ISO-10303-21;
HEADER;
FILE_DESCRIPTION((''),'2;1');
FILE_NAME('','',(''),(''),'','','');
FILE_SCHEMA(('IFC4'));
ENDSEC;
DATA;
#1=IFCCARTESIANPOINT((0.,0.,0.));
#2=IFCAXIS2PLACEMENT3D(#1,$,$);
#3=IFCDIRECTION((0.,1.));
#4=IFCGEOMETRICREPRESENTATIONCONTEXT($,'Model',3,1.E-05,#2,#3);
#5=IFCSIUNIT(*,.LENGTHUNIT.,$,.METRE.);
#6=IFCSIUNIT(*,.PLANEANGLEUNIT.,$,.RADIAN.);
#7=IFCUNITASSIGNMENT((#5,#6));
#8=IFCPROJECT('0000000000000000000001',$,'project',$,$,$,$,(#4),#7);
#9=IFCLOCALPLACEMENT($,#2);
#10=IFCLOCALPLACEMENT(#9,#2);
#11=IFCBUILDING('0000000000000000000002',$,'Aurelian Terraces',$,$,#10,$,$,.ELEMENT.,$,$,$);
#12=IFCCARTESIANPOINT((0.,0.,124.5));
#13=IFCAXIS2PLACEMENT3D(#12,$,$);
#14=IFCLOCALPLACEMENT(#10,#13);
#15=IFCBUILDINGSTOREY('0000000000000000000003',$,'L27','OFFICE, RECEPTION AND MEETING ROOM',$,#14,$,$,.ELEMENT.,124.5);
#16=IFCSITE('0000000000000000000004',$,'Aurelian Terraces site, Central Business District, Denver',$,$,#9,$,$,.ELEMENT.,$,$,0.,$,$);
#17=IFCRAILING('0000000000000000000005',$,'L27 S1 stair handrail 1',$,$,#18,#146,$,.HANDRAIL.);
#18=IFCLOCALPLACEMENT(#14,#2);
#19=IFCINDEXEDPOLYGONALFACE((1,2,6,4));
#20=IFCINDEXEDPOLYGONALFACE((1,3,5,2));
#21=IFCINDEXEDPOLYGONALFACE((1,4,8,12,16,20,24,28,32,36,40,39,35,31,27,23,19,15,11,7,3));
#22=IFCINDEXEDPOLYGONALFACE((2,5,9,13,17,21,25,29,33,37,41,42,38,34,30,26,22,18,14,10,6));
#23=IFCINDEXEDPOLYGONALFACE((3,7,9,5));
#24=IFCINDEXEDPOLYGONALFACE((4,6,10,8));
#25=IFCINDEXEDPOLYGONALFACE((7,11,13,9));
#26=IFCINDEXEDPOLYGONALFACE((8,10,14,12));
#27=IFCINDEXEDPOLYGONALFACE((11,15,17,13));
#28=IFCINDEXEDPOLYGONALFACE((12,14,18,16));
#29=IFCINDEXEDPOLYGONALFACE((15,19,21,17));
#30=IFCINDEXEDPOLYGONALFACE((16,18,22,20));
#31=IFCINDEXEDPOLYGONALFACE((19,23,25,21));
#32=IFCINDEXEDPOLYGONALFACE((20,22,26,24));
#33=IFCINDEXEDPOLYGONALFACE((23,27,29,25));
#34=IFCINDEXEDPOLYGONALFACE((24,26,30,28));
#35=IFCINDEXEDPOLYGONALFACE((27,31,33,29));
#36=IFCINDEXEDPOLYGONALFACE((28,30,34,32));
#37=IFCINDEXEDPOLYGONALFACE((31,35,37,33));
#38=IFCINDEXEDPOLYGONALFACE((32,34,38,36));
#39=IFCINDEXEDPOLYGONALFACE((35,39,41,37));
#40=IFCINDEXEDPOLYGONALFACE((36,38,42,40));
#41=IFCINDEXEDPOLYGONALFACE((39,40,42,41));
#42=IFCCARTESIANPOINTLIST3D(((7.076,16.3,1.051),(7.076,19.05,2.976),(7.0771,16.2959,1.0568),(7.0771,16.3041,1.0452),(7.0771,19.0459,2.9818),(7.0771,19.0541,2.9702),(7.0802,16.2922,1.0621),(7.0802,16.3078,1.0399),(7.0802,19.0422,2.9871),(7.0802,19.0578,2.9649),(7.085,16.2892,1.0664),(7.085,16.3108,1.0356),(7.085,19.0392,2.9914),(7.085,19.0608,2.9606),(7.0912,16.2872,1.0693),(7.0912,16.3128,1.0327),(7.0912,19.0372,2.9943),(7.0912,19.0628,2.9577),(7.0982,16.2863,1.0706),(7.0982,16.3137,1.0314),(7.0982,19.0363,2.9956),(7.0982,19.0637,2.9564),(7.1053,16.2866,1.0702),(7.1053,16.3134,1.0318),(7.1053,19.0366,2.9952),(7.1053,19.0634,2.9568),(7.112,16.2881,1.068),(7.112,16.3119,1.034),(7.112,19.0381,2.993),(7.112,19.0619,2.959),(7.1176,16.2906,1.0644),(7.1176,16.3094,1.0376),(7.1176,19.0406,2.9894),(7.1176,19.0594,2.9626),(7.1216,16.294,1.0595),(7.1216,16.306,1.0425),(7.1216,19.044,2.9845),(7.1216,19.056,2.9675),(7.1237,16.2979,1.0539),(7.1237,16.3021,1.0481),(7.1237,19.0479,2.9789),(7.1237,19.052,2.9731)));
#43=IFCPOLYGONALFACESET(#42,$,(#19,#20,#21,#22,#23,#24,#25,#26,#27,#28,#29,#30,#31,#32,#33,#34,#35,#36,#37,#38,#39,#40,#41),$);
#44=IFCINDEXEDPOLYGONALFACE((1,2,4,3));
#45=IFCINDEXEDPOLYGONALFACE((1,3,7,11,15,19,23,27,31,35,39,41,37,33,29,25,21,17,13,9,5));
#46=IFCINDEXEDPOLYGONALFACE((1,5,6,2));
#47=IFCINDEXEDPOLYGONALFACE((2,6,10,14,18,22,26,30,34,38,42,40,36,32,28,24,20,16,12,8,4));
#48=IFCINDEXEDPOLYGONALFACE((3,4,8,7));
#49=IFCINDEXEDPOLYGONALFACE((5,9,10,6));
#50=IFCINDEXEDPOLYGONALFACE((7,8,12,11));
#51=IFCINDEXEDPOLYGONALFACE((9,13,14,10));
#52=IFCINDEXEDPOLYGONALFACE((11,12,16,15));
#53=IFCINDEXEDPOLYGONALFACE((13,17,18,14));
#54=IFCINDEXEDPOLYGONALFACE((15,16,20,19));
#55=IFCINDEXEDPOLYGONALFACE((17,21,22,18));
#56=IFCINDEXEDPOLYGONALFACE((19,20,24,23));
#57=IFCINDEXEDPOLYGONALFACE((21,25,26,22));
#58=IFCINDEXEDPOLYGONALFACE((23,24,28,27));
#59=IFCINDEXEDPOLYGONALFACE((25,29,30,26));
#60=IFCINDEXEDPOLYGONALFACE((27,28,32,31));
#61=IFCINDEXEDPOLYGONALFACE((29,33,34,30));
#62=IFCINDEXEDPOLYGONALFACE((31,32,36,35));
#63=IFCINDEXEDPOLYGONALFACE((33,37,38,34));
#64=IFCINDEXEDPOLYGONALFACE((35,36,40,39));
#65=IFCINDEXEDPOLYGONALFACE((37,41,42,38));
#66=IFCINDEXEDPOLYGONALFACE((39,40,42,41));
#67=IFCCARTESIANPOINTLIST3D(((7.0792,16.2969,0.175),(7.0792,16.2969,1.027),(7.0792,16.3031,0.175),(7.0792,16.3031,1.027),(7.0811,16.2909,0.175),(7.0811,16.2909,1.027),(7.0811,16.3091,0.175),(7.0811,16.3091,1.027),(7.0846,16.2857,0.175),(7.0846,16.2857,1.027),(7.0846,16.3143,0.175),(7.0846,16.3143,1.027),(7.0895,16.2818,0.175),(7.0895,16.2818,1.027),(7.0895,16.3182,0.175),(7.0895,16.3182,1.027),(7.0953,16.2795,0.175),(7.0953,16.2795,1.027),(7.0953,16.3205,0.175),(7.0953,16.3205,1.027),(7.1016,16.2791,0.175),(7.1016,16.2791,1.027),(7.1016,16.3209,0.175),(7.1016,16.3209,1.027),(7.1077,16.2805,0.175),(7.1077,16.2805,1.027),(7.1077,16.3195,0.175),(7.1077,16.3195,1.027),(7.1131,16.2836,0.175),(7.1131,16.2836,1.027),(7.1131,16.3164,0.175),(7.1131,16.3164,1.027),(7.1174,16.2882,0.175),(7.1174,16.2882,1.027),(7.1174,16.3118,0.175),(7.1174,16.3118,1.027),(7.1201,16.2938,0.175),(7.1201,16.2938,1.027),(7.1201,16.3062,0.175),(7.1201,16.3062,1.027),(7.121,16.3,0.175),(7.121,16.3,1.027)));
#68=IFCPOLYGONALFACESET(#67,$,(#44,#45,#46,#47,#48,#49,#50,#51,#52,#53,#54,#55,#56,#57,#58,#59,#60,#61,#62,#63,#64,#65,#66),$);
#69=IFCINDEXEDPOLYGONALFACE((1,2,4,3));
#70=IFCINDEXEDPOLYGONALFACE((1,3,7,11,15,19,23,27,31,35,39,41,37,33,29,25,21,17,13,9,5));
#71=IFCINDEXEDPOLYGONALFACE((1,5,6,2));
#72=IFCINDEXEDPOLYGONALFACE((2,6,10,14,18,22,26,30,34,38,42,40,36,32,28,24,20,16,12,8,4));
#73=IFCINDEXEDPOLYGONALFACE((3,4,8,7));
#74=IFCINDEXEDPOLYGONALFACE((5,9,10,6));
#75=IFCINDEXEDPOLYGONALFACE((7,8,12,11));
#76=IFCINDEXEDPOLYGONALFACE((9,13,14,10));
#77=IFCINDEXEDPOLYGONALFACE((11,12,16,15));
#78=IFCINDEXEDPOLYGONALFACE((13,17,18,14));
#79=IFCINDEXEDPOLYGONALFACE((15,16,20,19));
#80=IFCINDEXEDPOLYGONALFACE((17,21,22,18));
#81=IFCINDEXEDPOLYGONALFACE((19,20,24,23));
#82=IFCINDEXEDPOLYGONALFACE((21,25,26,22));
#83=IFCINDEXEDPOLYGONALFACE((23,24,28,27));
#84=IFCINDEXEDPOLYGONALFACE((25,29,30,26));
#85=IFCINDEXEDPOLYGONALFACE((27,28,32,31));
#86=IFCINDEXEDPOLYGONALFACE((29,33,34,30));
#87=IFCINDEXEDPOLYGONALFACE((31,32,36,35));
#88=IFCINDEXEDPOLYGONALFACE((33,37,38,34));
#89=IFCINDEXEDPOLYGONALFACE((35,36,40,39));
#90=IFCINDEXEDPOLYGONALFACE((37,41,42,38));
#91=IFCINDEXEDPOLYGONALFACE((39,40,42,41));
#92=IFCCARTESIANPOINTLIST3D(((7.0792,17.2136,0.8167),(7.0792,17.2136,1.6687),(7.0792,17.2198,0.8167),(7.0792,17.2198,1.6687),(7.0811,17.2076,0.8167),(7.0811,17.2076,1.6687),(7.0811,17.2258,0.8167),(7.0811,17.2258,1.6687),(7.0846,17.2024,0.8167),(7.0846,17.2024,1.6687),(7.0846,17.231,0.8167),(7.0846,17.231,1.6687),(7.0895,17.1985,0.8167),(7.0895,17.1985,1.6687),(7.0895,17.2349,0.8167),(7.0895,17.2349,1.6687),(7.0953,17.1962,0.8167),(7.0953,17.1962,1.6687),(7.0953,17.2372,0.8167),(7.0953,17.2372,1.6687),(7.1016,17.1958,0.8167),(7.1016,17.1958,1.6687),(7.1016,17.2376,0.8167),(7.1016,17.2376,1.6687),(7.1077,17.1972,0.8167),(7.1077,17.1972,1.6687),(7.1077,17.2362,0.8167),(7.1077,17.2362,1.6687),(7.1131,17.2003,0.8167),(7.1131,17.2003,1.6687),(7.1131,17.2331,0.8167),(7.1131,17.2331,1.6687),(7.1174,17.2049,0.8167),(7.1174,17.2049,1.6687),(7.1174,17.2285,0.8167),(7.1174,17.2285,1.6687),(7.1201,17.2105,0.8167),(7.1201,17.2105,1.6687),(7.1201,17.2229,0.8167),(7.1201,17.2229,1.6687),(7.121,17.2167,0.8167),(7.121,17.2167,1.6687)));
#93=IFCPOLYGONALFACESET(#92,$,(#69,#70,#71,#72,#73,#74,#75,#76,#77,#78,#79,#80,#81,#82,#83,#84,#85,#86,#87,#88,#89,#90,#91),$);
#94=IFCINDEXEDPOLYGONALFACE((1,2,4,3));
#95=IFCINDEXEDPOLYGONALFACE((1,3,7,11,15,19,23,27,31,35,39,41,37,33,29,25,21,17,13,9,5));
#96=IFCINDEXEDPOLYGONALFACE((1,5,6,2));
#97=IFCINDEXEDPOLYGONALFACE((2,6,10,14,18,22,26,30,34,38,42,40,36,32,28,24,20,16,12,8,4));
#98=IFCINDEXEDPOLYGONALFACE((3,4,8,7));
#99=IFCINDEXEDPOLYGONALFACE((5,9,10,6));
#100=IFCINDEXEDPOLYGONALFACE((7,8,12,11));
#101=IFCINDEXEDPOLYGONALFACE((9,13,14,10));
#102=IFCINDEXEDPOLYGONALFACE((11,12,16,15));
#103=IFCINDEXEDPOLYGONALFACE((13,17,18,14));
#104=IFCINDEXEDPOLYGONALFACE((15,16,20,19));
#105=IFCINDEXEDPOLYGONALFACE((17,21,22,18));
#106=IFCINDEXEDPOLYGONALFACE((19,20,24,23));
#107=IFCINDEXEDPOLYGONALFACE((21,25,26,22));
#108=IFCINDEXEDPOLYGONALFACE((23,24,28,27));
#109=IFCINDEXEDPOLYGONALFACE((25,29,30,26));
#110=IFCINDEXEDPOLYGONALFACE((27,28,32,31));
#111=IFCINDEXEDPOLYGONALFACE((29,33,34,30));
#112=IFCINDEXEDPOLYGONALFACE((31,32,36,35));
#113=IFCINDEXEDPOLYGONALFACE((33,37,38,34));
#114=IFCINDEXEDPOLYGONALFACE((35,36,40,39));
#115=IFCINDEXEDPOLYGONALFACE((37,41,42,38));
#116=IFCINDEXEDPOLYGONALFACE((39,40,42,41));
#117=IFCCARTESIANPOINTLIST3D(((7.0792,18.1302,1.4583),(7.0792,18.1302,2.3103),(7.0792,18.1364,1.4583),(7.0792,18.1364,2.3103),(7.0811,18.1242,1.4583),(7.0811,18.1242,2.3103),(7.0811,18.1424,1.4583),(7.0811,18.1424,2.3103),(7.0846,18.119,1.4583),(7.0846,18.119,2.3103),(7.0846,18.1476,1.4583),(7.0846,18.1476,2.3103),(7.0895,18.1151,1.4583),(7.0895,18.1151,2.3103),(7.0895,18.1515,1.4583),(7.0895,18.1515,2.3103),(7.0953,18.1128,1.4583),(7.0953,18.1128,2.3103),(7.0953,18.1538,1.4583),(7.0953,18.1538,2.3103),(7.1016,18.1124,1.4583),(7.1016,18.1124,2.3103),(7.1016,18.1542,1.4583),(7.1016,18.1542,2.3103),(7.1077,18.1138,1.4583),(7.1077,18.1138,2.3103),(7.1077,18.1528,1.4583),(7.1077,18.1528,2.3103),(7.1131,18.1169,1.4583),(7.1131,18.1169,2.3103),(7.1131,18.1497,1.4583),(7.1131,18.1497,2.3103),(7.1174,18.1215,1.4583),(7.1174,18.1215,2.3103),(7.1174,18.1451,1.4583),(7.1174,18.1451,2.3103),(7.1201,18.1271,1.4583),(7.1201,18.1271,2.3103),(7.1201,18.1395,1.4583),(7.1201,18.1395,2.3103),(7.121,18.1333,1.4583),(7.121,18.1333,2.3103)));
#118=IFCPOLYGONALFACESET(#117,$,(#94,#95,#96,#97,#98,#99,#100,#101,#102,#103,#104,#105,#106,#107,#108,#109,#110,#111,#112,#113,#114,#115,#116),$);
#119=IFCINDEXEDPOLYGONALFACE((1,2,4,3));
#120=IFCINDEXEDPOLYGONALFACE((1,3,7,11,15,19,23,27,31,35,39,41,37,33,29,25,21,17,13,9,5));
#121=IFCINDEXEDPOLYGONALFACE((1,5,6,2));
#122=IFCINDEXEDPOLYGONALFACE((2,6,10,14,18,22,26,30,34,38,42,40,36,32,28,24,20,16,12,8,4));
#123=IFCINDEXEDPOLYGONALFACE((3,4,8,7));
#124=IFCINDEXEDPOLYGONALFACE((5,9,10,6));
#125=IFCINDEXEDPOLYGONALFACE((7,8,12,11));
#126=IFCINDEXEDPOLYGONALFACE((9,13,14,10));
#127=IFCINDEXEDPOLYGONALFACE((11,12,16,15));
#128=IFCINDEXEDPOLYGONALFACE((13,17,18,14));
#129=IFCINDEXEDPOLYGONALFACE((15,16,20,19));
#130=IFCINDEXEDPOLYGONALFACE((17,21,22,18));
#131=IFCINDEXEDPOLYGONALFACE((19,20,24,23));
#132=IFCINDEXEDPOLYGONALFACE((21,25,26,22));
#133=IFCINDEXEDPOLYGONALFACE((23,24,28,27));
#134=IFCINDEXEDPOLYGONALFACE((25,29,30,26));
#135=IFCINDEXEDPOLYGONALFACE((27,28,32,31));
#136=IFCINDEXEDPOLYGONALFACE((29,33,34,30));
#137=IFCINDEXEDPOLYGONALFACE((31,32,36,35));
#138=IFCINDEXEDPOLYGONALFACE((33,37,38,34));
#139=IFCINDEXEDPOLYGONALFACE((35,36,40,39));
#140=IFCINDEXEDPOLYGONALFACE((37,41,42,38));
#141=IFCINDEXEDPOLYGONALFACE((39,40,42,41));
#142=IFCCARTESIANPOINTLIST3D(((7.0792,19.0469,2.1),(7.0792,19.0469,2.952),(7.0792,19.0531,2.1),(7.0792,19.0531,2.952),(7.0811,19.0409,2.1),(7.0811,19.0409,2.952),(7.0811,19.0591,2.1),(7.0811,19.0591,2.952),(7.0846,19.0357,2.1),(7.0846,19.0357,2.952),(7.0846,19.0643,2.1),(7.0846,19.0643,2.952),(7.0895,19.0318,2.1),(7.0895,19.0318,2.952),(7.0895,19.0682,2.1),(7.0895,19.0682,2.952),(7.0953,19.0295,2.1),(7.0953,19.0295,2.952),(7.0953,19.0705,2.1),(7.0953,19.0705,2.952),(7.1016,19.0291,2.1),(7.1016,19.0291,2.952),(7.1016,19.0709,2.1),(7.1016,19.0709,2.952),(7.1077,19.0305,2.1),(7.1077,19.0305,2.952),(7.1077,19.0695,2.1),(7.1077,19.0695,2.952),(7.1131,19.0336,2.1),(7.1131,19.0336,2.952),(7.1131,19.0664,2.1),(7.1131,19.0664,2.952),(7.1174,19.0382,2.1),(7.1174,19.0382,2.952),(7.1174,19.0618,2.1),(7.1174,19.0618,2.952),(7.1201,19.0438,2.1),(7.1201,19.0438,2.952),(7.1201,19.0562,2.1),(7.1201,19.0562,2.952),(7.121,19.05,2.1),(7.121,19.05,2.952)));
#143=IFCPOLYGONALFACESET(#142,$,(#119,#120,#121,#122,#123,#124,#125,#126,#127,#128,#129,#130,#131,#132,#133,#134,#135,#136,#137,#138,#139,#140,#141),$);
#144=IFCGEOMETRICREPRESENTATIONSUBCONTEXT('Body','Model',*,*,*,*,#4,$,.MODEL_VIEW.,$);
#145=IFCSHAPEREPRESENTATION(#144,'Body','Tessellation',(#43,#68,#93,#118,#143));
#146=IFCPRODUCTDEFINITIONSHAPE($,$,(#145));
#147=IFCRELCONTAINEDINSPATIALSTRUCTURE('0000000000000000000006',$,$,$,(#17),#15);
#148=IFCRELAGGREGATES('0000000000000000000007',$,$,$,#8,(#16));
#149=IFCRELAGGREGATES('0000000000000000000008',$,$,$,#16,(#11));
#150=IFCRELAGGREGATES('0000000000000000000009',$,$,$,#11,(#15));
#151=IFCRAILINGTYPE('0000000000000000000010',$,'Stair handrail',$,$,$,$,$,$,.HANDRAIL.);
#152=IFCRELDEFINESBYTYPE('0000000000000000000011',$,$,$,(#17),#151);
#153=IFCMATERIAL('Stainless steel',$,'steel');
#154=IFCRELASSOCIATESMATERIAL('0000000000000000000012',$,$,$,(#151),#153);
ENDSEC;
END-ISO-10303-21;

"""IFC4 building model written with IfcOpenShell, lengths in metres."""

from ifc_helpers import new_model, si_unit, direction, frame, origin, origin_2d, place, context, subcontext, project, spatial, circle, extrude, source, transform, mapped, material, type_object, element, save


model = new_model("IFC4")

# Units and contexts
model_context = context("Model", 3, precision=1e-05, world=origin(), true_north=direction((0.0, 1.0)))
body_context = subcontext(model_context, "Body", "Model", "MODEL_VIEW")
ifc_project = project(units=[si_unit("LENGTHUNIT", "METRE"), si_unit("PLANEANGLEUNIT", "RADIAN")], contexts=[model_context])

# Site, building, storey
site_placement = place(None, origin())
site = spatial("IfcSite", under=ifc_project, at=site_placement, Name="Aurelian Terraces site, Central Business District, Denver", CompositionType="ELEMENT", RefElevation=0.0)
building_placement = place(site_placement, origin())
building = spatial("IfcBuilding", under=site, at=building_placement, Name="Aurelian Terraces", CompositionType="ELEMENT")
storey_placement = place(building_placement, frame((0.0, 0.0, 124.5)))
storey = spatial("IfcBuildingStorey", under=building, at=storey_placement, Name="L27", Description="OFFICE, RECEPTION AND MEETING ROOM", CompositionType="ELEMENT", Elevation=124.5)

# Railing
ifc_material_1 = material(Name="Stainless steel", Category="steel")
railing_type_1 = type_object("IfcRailingType", Name="Stair handrail", PredefinedType="HANDRAIL", material=ifc_material_1)
shared_shape_1 = source(origin(), body_context, "Body", "SweptSolid", [
    extrude(circle(Radius=0.024, at=origin_2d()), frame((0.0, 0.0, 0.876), z_axis=(0.0, 0.819232, 0.573462), x_axis=(-1.0, 0.0, 0.0)), (0.0, 0.0, 1.0), 3.3568),
    extrude(circle(Radius=0.021, at=origin_2d()), origin(), (0.0, 0.0, 1.0), 0.852),
    extrude(circle(Radius=0.021, at=origin_2d()), frame((0.0, 0.9167, 0.6417)), (0.0, 0.0, 1.0), 0.852),
    extrude(circle(Radius=0.021, at=origin_2d()), frame((0.0, 1.8333, 1.2833)), (0.0, 0.0, 1.0), 0.852),
    extrude(circle(Radius=0.021, at=origin_2d()), frame((0.0, 2.75, 1.925)), (0.0, 0.0, 1.0), 0.852),
])
railing_1_placement = place(storey_placement, frame((7.1, 16.3, 0.175)))
element("IfcRailing", 1, at=railing_1_placement, inside=storey, type_object=railing_type_1, Name="L27 S1 stair handrail 1", PredefinedType="HANDRAIL", context=body_context, shape_type="MappedRepresentation", body=[
    mapped(shared_shape_1, transform((0.0, 0.0, 0.0), scale=1.0)),
])

save(model, "model.ifc")
